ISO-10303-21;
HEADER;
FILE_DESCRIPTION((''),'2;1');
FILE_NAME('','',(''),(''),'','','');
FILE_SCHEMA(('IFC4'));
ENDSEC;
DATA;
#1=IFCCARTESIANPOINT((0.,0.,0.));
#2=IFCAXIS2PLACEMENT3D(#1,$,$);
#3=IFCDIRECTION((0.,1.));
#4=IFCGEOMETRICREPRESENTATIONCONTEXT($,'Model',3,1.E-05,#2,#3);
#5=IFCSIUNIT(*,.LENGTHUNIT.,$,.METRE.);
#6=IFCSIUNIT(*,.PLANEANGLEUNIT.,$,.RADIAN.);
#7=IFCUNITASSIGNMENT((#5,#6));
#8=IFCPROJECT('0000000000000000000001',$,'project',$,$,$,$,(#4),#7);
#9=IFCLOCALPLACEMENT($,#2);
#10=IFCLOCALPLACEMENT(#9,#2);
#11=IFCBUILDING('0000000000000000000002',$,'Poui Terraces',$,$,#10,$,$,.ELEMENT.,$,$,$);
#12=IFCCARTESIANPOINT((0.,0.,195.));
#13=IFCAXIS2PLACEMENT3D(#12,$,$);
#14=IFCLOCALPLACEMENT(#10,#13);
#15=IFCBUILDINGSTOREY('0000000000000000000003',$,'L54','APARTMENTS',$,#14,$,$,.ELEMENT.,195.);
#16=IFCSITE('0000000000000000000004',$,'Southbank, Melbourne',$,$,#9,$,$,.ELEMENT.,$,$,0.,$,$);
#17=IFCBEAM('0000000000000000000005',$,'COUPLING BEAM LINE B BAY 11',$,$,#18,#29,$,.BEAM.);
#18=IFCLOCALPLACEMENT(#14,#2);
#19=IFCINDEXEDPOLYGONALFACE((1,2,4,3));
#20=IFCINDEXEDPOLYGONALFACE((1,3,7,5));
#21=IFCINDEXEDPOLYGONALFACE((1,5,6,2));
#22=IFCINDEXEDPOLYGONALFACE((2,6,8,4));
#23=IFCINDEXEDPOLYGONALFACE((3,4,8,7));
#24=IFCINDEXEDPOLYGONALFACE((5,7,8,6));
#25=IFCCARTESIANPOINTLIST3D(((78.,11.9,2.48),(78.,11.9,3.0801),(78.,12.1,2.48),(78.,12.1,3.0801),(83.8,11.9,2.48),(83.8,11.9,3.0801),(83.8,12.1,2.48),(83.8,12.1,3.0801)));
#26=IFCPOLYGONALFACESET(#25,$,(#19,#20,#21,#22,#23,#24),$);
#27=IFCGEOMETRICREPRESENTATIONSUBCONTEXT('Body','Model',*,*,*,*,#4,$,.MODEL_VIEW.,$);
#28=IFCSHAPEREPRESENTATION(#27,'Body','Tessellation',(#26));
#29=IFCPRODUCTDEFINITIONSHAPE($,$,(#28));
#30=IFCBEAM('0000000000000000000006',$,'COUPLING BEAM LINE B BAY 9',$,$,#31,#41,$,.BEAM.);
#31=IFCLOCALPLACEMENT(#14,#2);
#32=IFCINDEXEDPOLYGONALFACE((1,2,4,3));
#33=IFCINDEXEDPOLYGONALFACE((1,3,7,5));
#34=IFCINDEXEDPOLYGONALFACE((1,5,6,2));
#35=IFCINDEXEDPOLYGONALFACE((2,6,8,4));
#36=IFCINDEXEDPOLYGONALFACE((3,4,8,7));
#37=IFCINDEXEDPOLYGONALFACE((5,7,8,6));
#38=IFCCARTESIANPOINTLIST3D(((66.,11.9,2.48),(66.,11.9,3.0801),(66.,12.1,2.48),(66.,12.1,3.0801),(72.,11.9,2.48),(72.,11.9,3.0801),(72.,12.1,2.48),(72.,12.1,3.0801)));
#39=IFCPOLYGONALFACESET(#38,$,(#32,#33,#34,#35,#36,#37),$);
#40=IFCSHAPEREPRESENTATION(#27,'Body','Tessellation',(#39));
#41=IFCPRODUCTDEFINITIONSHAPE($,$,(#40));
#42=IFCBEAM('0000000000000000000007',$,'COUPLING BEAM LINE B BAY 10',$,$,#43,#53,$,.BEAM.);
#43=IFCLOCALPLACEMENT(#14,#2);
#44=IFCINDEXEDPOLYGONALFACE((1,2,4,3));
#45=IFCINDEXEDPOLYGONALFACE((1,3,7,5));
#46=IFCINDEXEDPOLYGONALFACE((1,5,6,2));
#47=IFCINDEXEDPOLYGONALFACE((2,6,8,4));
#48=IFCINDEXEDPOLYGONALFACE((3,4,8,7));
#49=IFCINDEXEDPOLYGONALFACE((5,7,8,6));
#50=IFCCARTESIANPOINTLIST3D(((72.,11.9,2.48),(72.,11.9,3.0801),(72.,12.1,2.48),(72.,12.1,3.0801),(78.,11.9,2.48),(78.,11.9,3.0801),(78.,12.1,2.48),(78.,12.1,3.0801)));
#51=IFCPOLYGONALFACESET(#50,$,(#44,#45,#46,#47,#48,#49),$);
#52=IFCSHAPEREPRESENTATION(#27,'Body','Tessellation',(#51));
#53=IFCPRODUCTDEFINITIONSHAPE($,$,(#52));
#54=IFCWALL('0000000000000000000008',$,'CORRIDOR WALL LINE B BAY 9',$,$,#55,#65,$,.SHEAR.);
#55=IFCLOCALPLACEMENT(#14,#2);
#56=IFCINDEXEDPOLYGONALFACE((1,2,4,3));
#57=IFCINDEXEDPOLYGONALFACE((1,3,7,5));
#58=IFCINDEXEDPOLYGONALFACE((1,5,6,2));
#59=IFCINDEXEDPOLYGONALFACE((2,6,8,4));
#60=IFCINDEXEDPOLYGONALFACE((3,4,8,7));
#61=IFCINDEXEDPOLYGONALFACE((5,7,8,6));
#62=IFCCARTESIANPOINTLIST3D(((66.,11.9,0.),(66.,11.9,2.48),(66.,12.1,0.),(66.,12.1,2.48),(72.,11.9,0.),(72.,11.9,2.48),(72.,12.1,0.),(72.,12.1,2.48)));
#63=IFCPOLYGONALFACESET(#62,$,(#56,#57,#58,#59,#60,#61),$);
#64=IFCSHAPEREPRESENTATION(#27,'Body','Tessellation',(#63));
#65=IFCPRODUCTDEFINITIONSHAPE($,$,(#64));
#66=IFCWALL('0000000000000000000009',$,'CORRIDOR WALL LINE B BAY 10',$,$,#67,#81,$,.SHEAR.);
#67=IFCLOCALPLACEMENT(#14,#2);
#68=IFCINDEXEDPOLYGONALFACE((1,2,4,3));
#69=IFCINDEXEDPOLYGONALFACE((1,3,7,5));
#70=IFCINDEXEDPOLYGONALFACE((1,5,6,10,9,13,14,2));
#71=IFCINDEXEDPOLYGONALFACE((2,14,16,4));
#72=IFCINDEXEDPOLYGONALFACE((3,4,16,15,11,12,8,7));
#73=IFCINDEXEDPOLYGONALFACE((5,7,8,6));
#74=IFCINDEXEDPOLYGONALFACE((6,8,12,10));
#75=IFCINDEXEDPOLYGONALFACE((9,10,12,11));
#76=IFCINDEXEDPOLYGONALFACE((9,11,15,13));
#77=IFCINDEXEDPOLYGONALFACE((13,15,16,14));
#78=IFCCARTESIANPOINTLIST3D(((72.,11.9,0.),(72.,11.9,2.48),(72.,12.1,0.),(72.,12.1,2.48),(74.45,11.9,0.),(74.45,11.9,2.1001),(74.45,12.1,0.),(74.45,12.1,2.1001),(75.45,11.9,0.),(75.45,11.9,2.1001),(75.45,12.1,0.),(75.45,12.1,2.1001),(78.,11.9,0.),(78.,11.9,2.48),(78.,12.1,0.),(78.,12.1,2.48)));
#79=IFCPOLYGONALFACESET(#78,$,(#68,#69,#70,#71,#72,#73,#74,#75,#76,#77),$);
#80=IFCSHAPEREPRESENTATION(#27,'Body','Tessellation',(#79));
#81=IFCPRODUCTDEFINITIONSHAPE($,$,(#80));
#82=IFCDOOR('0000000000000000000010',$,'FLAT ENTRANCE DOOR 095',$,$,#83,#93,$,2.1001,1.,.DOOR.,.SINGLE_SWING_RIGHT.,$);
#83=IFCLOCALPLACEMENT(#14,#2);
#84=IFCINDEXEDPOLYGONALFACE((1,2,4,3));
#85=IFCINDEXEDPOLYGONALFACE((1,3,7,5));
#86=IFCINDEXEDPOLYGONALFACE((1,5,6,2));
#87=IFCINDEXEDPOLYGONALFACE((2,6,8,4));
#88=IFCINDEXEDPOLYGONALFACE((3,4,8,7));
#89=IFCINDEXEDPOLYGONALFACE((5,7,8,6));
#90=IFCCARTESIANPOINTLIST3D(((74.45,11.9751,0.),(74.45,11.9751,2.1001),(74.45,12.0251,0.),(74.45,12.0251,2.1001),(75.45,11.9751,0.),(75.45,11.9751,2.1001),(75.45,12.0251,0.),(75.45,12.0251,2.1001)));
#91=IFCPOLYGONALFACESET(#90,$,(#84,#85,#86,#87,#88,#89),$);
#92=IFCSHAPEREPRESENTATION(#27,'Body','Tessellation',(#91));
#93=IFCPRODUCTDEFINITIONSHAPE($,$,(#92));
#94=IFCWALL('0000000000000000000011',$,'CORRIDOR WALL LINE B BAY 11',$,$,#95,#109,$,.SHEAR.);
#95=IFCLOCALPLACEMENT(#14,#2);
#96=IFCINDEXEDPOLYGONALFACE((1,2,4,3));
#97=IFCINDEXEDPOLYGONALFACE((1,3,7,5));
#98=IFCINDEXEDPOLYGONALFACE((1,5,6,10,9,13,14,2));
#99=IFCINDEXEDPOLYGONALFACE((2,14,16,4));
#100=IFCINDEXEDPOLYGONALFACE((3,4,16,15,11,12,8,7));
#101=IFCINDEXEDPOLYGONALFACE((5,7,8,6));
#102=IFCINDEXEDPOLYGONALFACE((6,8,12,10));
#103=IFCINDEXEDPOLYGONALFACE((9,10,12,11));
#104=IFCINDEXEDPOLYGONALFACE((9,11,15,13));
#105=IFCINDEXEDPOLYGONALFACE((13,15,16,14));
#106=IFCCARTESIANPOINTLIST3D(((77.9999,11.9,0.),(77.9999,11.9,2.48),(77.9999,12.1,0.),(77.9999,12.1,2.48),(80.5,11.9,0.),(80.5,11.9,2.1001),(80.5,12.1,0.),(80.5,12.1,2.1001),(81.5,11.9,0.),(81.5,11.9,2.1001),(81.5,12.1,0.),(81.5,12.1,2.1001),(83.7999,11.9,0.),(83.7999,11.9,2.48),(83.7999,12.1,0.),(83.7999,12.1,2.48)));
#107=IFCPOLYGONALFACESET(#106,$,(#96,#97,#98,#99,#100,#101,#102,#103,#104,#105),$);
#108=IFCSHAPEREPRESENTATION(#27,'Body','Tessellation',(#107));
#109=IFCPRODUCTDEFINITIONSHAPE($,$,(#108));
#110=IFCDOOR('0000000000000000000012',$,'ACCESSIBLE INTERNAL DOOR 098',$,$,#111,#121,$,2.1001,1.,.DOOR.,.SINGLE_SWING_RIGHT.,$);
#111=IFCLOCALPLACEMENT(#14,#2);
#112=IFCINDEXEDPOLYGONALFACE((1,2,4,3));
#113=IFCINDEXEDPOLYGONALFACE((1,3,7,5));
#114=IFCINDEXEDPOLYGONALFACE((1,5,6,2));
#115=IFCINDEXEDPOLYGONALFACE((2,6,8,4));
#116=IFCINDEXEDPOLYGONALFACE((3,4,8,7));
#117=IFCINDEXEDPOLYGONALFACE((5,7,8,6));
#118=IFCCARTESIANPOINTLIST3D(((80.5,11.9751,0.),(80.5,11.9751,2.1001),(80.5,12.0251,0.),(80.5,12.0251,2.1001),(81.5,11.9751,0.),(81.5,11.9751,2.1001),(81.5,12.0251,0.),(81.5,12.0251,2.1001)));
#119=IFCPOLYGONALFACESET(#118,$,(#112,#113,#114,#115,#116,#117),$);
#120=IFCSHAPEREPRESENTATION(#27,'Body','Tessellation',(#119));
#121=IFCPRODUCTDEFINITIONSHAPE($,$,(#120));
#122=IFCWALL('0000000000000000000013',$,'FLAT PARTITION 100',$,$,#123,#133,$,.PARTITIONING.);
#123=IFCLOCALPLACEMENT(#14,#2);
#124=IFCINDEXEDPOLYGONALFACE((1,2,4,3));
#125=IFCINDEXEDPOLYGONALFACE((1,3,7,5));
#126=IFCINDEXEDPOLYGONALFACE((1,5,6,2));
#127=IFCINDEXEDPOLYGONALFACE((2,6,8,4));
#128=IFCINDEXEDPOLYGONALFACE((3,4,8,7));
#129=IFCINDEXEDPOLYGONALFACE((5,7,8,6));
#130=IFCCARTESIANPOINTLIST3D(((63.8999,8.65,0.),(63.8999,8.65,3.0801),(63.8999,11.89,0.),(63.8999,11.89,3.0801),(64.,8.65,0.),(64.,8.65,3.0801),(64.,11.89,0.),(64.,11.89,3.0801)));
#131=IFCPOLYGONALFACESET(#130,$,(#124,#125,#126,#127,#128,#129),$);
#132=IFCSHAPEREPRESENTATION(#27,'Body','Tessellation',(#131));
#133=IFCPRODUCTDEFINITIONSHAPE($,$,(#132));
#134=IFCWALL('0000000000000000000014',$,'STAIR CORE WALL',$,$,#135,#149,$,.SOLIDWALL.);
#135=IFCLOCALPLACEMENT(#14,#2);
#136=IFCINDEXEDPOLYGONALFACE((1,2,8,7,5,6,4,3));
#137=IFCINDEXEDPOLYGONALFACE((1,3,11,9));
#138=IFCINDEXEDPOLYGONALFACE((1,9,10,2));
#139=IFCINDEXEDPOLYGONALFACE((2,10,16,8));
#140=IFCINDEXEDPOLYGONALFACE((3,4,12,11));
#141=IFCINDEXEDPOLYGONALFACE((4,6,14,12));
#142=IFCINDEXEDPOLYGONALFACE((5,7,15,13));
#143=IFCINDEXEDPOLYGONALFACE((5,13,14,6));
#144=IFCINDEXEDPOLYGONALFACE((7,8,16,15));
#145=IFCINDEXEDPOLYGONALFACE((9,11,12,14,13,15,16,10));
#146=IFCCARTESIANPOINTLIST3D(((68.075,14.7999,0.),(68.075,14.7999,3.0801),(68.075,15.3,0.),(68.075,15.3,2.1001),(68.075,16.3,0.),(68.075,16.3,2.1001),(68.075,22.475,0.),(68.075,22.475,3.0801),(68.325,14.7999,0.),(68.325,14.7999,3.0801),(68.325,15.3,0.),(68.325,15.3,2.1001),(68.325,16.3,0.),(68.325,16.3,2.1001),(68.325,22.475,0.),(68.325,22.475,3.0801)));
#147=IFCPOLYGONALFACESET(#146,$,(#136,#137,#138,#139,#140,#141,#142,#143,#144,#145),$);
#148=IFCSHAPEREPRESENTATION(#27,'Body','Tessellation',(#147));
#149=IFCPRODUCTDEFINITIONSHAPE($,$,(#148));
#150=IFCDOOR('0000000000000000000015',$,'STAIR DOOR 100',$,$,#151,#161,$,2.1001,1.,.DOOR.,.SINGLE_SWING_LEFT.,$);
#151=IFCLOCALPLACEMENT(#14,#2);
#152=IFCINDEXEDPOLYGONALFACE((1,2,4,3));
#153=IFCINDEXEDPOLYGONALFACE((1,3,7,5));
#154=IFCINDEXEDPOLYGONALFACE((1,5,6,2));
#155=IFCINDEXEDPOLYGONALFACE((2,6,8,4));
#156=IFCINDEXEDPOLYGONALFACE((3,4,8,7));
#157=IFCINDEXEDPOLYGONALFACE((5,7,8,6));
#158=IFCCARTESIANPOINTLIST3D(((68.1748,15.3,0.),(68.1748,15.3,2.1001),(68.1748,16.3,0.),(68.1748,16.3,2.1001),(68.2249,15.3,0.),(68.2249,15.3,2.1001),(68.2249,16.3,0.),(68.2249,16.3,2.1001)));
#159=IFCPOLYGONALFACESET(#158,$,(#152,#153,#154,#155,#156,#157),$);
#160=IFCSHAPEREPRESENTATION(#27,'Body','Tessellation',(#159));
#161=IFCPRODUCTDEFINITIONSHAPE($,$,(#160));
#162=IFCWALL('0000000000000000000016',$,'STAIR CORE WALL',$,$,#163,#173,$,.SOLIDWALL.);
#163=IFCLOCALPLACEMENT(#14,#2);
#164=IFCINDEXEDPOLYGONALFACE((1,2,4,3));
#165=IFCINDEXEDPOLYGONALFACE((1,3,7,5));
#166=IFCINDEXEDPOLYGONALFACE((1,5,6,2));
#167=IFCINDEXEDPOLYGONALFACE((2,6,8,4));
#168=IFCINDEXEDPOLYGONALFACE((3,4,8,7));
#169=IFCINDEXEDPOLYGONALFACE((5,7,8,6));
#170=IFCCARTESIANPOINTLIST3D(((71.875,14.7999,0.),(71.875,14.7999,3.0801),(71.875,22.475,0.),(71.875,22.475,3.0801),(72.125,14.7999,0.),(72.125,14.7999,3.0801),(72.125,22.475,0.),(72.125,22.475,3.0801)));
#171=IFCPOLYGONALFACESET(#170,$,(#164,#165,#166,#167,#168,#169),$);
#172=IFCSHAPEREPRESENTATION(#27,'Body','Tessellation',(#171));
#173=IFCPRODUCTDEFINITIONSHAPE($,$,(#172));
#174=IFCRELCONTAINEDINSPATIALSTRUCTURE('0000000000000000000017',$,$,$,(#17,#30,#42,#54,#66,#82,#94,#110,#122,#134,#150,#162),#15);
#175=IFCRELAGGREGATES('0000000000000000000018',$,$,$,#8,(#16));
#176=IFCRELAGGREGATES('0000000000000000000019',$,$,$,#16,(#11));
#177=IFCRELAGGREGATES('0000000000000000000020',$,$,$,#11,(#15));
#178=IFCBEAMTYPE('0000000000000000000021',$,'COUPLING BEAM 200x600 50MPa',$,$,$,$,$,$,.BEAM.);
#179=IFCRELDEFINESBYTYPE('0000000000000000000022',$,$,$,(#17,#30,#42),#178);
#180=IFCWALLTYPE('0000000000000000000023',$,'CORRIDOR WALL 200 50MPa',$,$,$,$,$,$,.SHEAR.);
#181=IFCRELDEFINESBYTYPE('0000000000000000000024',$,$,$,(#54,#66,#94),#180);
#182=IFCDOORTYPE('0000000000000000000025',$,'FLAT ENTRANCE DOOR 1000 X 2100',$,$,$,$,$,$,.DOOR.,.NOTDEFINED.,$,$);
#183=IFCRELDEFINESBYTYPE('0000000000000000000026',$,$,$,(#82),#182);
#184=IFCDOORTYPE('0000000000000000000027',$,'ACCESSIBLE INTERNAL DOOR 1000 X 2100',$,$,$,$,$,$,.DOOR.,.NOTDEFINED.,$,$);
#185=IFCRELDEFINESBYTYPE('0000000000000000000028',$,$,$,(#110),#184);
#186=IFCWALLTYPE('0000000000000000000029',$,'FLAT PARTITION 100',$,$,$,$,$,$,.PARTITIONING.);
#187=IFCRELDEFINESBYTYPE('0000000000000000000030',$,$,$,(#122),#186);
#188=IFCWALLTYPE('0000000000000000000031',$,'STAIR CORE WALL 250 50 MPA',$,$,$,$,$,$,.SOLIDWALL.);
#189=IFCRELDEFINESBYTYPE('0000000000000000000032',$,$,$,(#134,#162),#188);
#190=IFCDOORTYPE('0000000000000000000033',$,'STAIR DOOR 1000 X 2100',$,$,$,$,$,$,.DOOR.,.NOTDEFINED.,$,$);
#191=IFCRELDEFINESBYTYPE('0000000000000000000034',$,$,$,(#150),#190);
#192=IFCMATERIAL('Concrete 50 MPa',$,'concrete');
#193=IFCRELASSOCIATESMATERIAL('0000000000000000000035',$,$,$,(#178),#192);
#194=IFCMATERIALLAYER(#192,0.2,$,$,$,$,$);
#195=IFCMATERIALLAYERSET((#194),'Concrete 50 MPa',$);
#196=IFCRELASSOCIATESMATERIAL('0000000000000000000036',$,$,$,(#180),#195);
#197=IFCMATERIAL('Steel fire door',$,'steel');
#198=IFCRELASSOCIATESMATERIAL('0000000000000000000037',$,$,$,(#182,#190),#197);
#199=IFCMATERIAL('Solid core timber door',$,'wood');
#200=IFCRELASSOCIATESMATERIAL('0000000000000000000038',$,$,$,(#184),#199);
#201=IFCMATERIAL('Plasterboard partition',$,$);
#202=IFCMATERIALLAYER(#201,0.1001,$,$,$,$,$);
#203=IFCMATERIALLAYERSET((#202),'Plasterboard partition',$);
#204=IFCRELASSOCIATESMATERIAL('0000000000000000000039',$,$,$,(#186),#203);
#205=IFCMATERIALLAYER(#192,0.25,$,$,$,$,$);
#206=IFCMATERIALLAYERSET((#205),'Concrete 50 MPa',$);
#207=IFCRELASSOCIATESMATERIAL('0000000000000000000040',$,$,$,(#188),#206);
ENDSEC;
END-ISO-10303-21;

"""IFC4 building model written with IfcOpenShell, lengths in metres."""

from ifc_helpers import new_model, si_unit, direction, frame, frame_2d, origin, origin_2d, place, context, subcontext, project, spatial, rectangle, extrude, source, transform, mapped, material, layer, layer_set, material_profile, profile_set, type_object, element, fill, save


model = new_model("IFC4")

# Units and contexts
model_context = context("Model", 3, precision=1e-05, world=origin(), true_north=direction((0.0, 1.0)))
body_context = subcontext(model_context, "Body", "Model", "MODEL_VIEW")
ifc_project = project(units=[si_unit("LENGTHUNIT", "METRE"), si_unit("PLANEANGLEUNIT", "RADIAN")], contexts=[model_context])

# Site, building, storey
site_placement = place(None, origin())
site = spatial("IfcSite", under=ifc_project, at=site_placement, Name="Southbank, Melbourne", CompositionType="ELEMENT", RefElevation=0.0)
building_placement = place(site_placement, origin())
building = spatial("IfcBuilding", under=site, at=building_placement, Name="Poui Terraces", CompositionType="ELEMENT")
storey_placement = place(building_placement, frame((0.0, 0.0, 195.0)))
storey = spatial("IfcBuildingStorey", under=building, at=storey_placement, Name="L54", Description="APARTMENTS", CompositionType="ELEMENT", Elevation=195.0)

# Beams
ifc_material_1 = material(Name="Concrete 50 MPa", Category="concrete")
ifc_material_profile = material_profile(ifc_material_1, rectangle(XDim=0.2, YDim=0.6001, at=origin_2d()), Name="RC 200x600")
ifc_profile_set = profile_set([ifc_material_profile], Name="Concrete 50 MPa")
beam_type = type_object("IfcBeamType", Name="COUPLING BEAM 200x600 50MPa", PredefinedType="BEAM", material=ifc_profile_set)
shared_shape_1 = source(origin(), body_context, "Body", "SweptSolid", [
    extrude(rectangle(XDim=0.2, YDim=0.6001, at=origin_2d()), origin(), (0.0, 0.0, 1.0), 5.8),
])
beam_placement = place(storey_placement, frame((78.0, 12.0, 2.78), z_axis=(1.0, 0.0, 0.0), x_axis=(0.0, 1.0, 0.0)))
element("IfcBeam", 1, at=beam_placement, inside=storey, type_object=beam_type, Name="COUPLING BEAM LINE B BAY 11", PredefinedType="BEAM", context=body_context, shape_type="MappedRepresentation", body=[
    mapped(shared_shape_1, transform((0.0, 0.0, 0.0))),
])
shared_shape_2 = source(origin(), body_context, "Body", "SweptSolid", [
    extrude(rectangle(XDim=0.2, YDim=0.6001, at=origin_2d()), origin(), (0.0, 0.0, 1.0), 6.0),
])
for number, where, z_axis, x_axis, name in (
    (2, (66.0, 12.0, 2.78), (1.0, 0.0, 0.0), (0.0, 1.0, 0.0), "COUPLING BEAM LINE B BAY 9"),
    (3, (72.0, 12.0, 2.78), (1.0, 0.0, 0.0), (0.0, 1.0, 0.0), "COUPLING BEAM LINE B BAY 10"),
):
    element("IfcBeam", number, at=place(storey_placement, frame(where, z_axis=z_axis, x_axis=x_axis)), inside=storey, type_object=beam_type, Name=name, PredefinedType="BEAM", context=body_context, shape_type="MappedRepresentation", body=[
        mapped(shared_shape_2, transform((0.0, 0.0, 0.0))),
    ])

# Wall
ifc_layer_1 = layer(ifc_material_1, 0.2)
ifc_layer_set_1 = layer_set([ifc_layer_1], Name="Concrete 50 MPa")
wall_type_1 = type_object("IfcWallType", Name="CORRIDOR WALL 200 50MPa", PredefinedType="SHEAR", material=ifc_layer_set_1)
wall_1_placement = place(storey_placement, frame((66.0, 12.0, 0.0), z_axis=(0.0, 0.0, 1.0), x_axis=(1.0, 0.0, 0.0)))
element("IfcWall", 4, at=wall_1_placement, inside=storey, type_object=wall_type_1, Name="CORRIDOR WALL LINE B BAY 9", PredefinedType="SHEAR", context=body_context, shape_type="SweptSolid", body=[
    extrude(rectangle(XDim=6.0, YDim=0.2, at=frame_2d((3.0, 0.0))), origin(), (0.0, 0.0, 1.0), 2.48),
])

# Walls, openings, doors
wall_2_placement = place(storey_placement, frame((72.0, 12.0, 0.0), z_axis=(0.0, 0.0, 1.0), x_axis=(1.0, 0.0, 0.0)))
wall_2 = element("IfcWall", 5, at=wall_2_placement, inside=storey, type_object=wall_type_1, Name="CORRIDOR WALL LINE B BAY 10", PredefinedType="SHEAR", context=body_context, shape_type="SweptSolid", body=[
    extrude(rectangle(XDim=6.0, YDim=0.2, at=frame_2d((3.0, 0.0))), origin(), (0.0, 0.0, 1.0), 2.48),
])
opening_1_placement = place(wall_2_placement, frame((2.45, 0.0, 0.0)))
opening_1 = element("IfcOpeningElement", 6, at=opening_1_placement, cuts=wall_2, PredefinedType="OPENING", context=body_context, shape_type="SweptSolid", body=[
    extrude(rectangle(XDim=1.0, YDim=2.1001, at=frame_2d((0.5, 1.05))), frame((0.0, 0.1099, 0.0), z_axis=(0.0, -1.0, 0.0), x_axis=(1.0, 0.0, 0.0)), (0.0, 0.0, 1.0), 0.22),
])
ifc_material_2 = material(Name="Steel fire door", Category="steel")
door_type_1 = type_object("IfcDoorType", Name="FLAT ENTRANCE DOOR 1000 X 2100", OperationType="NOTDEFINED", PredefinedType="DOOR", material=ifc_material_2)
door_1_placement = place(opening_1_placement, frame((1.0, 0.0, 0.0), z_axis=(0.0, 0.0, 1.0), x_axis=(-1.0, 0.0, 0.0)))
door_1 = element("IfcDoor", 7, at=door_1_placement, inside=storey, type_object=door_type_1, Name="FLAT ENTRANCE DOOR 095", OperationType="SINGLE_SWING_RIGHT", OverallHeight=2.1001, OverallWidth=1.0, PredefinedType="DOOR", context=body_context, shape_type="SweptSolid", body=[
    extrude(rectangle(XDim=1.0, YDim=2.1001, at=frame_2d((0.5, 1.05))), frame((0.0, 0.0249, 0.0), z_axis=(0.0, -1.0, 0.0), x_axis=(1.0, 0.0, 0.0)), (0.0, 0.0, 1.0), 0.05),
])
fill(opening_1, door_1)
wall_3_placement = place(storey_placement, frame((78.0, 12.0, 0.0), z_axis=(0.0, 0.0, 1.0), x_axis=(1.0, 0.0, 0.0)))
wall_3 = element("IfcWall", 8, at=wall_3_placement, inside=storey, type_object=wall_type_1, Name="CORRIDOR WALL LINE B BAY 11", PredefinedType="SHEAR", context=body_context, shape_type="SweptSolid", body=[
    extrude(rectangle(XDim=5.8, YDim=0.2, at=frame_2d((2.8999, 0.0))), origin(), (0.0, 0.0, 1.0), 2.48),
])
opening_2_placement = place(wall_3_placement, frame((2.5, 0.0, 0.0)))
opening_2 = element("IfcOpeningElement", 9, at=opening_2_placement, cuts=wall_3, PredefinedType="OPENING", context=body_context, shape_type="SweptSolid", body=[
    extrude(rectangle(XDim=1.0, YDim=2.1001, at=frame_2d((0.5, 1.05))), frame((0.0, 0.1099, 0.0), z_axis=(0.0, -1.0, 0.0), x_axis=(1.0, 0.0, 0.0)), (0.0, 0.0, 1.0), 0.22),
])
ifc_material_3 = material(Name="Solid core timber door", Category="wood")
door_type_2 = type_object("IfcDoorType", Name="ACCESSIBLE INTERNAL DOOR 1000 X 2100", OperationType="NOTDEFINED", PredefinedType="DOOR", material=ifc_material_3)
door_2_placement = place(opening_2_placement, frame((1.0, 0.0, 0.0), z_axis=(0.0, 0.0, 1.0), x_axis=(-1.0, 0.0, 0.0)))
door_2 = element("IfcDoor", 10, at=door_2_placement, inside=storey, type_object=door_type_2, Name="ACCESSIBLE INTERNAL DOOR 098", OperationType="SINGLE_SWING_RIGHT", OverallHeight=2.1001, OverallWidth=1.0, PredefinedType="DOOR", context=body_context, shape_type="SweptSolid", body=[
    extrude(rectangle(XDim=1.0, YDim=2.1001, at=frame_2d((0.5, 1.05))), frame((0.0, 0.0249, 0.0), z_axis=(0.0, -1.0, 0.0), x_axis=(1.0, 0.0, 0.0)), (0.0, 0.0, 1.0), 0.05),
])
fill(opening_2, door_2)

# Wall
ifc_material_4 = material(Name="Plasterboard partition")
ifc_layer_2 = layer(ifc_material_4, 0.1001)
ifc_layer_set_2 = layer_set([ifc_layer_2], Name="Plasterboard partition")
wall_type_2 = type_object("IfcWallType", Name="FLAT PARTITION 100", PredefinedType="PARTITIONING", material=ifc_layer_set_2)
wall_4_placement = place(storey_placement, frame((63.95, 8.6499, 0.0), z_axis=(0.0, 0.0, 1.0), x_axis=(0.0, 1.0, 0.0)))
element("IfcWall", 11, at=wall_4_placement, inside=storey, type_object=wall_type_2, Name="FLAT PARTITION 100", PredefinedType="PARTITIONING", context=body_context, shape_type="SweptSolid", body=[
    extrude(rectangle(XDim=3.24, YDim=0.1001, at=frame_2d((1.6201, 0.0))), origin(), (0.0, 0.0, 1.0), 3.0801),
])

# Wall, opening, door
ifc_layer_3 = layer(ifc_material_1, 0.25)
ifc_layer_set_3 = layer_set([ifc_layer_3], Name="Concrete 50 MPa")
wall_type_3 = type_object("IfcWallType", Name="STAIR CORE WALL 250 50 MPA", PredefinedType="SOLIDWALL", material=ifc_layer_set_3)
wall_5_placement = place(storey_placement, frame((68.2, 14.8, 0.0), z_axis=(0.0, 0.0, 1.0), x_axis=(0.0, 1.0, 0.0)))
wall_5 = element("IfcWall", 12, at=wall_5_placement, inside=storey, type_object=wall_type_3, Name="STAIR CORE WALL", PredefinedType="SOLIDWALL", context=body_context, shape_type="SweptSolid", body=[
    extrude(rectangle(XDim=7.675, YDim=0.25, at=frame_2d((3.8374, 0.0))), origin(), (0.0, 0.0, 1.0), 3.0801),
])
opening_3_placement = place(wall_5_placement, frame((0.5, 0.0, 0.0)))
opening_3 = element("IfcOpeningElement", 13, at=opening_3_placement, cuts=wall_5, PredefinedType="OPENING", context=body_context, shape_type="SweptSolid", body=[
    extrude(rectangle(XDim=1.0, YDim=2.1001, at=frame_2d((0.5, 1.05))), frame((0.0, 0.135, 0.0), z_axis=(0.0, -1.0, 0.0), x_axis=(1.0, 0.0, 0.0)), (0.0, 0.0, 1.0), 0.27),
])
door_type_3 = type_object("IfcDoorType", Name="STAIR DOOR 1000 X 2100", OperationType="NOTDEFINED", PredefinedType="DOOR", material=ifc_material_2)
door_3_placement = place(opening_3_placement, frame((1.0, 0.0, 0.0), z_axis=(0.0, 0.0, 1.0), x_axis=(-1.0, 0.0, 0.0)))
door_3 = element("IfcDoor", 14, at=door_3_placement, inside=storey, type_object=door_type_3, Name="STAIR DOOR 100", OperationType="SINGLE_SWING_LEFT", OverallHeight=2.1001, OverallWidth=1.0, PredefinedType="DOOR", context=body_context, shape_type="SweptSolid", body=[
    extrude(rectangle(XDim=1.0, YDim=2.1001, at=frame_2d((0.5, 1.05))), frame((0.0, 0.0249, 0.0), z_axis=(0.0, -1.0, 0.0), x_axis=(1.0, 0.0, 0.0)), (0.0, 0.0, 1.0), 0.05),
])
fill(opening_3, door_3)

# Wall
for number, where, z_axis, x_axis, name in (
    (15, (72.0, 14.8, 0.0), (0.0, 0.0, 1.0), (0.0, 1.0, 0.0), "STAIR CORE WALL"),
):
    element("IfcWall", number, at=place(storey_placement, frame(where, z_axis=z_axis, x_axis=x_axis)), inside=storey, type_object=wall_type_3, Name=name, PredefinedType="SOLIDWALL", context=body_context, shape_type="SweptSolid", body=[
        extrude(rectangle(XDim=7.675, YDim=0.25, at=frame_2d((3.8374, 0.0))), origin(), (0.0, 0.0, 1.0), 3.0801),
    ])

save(model, "model.ifc")
